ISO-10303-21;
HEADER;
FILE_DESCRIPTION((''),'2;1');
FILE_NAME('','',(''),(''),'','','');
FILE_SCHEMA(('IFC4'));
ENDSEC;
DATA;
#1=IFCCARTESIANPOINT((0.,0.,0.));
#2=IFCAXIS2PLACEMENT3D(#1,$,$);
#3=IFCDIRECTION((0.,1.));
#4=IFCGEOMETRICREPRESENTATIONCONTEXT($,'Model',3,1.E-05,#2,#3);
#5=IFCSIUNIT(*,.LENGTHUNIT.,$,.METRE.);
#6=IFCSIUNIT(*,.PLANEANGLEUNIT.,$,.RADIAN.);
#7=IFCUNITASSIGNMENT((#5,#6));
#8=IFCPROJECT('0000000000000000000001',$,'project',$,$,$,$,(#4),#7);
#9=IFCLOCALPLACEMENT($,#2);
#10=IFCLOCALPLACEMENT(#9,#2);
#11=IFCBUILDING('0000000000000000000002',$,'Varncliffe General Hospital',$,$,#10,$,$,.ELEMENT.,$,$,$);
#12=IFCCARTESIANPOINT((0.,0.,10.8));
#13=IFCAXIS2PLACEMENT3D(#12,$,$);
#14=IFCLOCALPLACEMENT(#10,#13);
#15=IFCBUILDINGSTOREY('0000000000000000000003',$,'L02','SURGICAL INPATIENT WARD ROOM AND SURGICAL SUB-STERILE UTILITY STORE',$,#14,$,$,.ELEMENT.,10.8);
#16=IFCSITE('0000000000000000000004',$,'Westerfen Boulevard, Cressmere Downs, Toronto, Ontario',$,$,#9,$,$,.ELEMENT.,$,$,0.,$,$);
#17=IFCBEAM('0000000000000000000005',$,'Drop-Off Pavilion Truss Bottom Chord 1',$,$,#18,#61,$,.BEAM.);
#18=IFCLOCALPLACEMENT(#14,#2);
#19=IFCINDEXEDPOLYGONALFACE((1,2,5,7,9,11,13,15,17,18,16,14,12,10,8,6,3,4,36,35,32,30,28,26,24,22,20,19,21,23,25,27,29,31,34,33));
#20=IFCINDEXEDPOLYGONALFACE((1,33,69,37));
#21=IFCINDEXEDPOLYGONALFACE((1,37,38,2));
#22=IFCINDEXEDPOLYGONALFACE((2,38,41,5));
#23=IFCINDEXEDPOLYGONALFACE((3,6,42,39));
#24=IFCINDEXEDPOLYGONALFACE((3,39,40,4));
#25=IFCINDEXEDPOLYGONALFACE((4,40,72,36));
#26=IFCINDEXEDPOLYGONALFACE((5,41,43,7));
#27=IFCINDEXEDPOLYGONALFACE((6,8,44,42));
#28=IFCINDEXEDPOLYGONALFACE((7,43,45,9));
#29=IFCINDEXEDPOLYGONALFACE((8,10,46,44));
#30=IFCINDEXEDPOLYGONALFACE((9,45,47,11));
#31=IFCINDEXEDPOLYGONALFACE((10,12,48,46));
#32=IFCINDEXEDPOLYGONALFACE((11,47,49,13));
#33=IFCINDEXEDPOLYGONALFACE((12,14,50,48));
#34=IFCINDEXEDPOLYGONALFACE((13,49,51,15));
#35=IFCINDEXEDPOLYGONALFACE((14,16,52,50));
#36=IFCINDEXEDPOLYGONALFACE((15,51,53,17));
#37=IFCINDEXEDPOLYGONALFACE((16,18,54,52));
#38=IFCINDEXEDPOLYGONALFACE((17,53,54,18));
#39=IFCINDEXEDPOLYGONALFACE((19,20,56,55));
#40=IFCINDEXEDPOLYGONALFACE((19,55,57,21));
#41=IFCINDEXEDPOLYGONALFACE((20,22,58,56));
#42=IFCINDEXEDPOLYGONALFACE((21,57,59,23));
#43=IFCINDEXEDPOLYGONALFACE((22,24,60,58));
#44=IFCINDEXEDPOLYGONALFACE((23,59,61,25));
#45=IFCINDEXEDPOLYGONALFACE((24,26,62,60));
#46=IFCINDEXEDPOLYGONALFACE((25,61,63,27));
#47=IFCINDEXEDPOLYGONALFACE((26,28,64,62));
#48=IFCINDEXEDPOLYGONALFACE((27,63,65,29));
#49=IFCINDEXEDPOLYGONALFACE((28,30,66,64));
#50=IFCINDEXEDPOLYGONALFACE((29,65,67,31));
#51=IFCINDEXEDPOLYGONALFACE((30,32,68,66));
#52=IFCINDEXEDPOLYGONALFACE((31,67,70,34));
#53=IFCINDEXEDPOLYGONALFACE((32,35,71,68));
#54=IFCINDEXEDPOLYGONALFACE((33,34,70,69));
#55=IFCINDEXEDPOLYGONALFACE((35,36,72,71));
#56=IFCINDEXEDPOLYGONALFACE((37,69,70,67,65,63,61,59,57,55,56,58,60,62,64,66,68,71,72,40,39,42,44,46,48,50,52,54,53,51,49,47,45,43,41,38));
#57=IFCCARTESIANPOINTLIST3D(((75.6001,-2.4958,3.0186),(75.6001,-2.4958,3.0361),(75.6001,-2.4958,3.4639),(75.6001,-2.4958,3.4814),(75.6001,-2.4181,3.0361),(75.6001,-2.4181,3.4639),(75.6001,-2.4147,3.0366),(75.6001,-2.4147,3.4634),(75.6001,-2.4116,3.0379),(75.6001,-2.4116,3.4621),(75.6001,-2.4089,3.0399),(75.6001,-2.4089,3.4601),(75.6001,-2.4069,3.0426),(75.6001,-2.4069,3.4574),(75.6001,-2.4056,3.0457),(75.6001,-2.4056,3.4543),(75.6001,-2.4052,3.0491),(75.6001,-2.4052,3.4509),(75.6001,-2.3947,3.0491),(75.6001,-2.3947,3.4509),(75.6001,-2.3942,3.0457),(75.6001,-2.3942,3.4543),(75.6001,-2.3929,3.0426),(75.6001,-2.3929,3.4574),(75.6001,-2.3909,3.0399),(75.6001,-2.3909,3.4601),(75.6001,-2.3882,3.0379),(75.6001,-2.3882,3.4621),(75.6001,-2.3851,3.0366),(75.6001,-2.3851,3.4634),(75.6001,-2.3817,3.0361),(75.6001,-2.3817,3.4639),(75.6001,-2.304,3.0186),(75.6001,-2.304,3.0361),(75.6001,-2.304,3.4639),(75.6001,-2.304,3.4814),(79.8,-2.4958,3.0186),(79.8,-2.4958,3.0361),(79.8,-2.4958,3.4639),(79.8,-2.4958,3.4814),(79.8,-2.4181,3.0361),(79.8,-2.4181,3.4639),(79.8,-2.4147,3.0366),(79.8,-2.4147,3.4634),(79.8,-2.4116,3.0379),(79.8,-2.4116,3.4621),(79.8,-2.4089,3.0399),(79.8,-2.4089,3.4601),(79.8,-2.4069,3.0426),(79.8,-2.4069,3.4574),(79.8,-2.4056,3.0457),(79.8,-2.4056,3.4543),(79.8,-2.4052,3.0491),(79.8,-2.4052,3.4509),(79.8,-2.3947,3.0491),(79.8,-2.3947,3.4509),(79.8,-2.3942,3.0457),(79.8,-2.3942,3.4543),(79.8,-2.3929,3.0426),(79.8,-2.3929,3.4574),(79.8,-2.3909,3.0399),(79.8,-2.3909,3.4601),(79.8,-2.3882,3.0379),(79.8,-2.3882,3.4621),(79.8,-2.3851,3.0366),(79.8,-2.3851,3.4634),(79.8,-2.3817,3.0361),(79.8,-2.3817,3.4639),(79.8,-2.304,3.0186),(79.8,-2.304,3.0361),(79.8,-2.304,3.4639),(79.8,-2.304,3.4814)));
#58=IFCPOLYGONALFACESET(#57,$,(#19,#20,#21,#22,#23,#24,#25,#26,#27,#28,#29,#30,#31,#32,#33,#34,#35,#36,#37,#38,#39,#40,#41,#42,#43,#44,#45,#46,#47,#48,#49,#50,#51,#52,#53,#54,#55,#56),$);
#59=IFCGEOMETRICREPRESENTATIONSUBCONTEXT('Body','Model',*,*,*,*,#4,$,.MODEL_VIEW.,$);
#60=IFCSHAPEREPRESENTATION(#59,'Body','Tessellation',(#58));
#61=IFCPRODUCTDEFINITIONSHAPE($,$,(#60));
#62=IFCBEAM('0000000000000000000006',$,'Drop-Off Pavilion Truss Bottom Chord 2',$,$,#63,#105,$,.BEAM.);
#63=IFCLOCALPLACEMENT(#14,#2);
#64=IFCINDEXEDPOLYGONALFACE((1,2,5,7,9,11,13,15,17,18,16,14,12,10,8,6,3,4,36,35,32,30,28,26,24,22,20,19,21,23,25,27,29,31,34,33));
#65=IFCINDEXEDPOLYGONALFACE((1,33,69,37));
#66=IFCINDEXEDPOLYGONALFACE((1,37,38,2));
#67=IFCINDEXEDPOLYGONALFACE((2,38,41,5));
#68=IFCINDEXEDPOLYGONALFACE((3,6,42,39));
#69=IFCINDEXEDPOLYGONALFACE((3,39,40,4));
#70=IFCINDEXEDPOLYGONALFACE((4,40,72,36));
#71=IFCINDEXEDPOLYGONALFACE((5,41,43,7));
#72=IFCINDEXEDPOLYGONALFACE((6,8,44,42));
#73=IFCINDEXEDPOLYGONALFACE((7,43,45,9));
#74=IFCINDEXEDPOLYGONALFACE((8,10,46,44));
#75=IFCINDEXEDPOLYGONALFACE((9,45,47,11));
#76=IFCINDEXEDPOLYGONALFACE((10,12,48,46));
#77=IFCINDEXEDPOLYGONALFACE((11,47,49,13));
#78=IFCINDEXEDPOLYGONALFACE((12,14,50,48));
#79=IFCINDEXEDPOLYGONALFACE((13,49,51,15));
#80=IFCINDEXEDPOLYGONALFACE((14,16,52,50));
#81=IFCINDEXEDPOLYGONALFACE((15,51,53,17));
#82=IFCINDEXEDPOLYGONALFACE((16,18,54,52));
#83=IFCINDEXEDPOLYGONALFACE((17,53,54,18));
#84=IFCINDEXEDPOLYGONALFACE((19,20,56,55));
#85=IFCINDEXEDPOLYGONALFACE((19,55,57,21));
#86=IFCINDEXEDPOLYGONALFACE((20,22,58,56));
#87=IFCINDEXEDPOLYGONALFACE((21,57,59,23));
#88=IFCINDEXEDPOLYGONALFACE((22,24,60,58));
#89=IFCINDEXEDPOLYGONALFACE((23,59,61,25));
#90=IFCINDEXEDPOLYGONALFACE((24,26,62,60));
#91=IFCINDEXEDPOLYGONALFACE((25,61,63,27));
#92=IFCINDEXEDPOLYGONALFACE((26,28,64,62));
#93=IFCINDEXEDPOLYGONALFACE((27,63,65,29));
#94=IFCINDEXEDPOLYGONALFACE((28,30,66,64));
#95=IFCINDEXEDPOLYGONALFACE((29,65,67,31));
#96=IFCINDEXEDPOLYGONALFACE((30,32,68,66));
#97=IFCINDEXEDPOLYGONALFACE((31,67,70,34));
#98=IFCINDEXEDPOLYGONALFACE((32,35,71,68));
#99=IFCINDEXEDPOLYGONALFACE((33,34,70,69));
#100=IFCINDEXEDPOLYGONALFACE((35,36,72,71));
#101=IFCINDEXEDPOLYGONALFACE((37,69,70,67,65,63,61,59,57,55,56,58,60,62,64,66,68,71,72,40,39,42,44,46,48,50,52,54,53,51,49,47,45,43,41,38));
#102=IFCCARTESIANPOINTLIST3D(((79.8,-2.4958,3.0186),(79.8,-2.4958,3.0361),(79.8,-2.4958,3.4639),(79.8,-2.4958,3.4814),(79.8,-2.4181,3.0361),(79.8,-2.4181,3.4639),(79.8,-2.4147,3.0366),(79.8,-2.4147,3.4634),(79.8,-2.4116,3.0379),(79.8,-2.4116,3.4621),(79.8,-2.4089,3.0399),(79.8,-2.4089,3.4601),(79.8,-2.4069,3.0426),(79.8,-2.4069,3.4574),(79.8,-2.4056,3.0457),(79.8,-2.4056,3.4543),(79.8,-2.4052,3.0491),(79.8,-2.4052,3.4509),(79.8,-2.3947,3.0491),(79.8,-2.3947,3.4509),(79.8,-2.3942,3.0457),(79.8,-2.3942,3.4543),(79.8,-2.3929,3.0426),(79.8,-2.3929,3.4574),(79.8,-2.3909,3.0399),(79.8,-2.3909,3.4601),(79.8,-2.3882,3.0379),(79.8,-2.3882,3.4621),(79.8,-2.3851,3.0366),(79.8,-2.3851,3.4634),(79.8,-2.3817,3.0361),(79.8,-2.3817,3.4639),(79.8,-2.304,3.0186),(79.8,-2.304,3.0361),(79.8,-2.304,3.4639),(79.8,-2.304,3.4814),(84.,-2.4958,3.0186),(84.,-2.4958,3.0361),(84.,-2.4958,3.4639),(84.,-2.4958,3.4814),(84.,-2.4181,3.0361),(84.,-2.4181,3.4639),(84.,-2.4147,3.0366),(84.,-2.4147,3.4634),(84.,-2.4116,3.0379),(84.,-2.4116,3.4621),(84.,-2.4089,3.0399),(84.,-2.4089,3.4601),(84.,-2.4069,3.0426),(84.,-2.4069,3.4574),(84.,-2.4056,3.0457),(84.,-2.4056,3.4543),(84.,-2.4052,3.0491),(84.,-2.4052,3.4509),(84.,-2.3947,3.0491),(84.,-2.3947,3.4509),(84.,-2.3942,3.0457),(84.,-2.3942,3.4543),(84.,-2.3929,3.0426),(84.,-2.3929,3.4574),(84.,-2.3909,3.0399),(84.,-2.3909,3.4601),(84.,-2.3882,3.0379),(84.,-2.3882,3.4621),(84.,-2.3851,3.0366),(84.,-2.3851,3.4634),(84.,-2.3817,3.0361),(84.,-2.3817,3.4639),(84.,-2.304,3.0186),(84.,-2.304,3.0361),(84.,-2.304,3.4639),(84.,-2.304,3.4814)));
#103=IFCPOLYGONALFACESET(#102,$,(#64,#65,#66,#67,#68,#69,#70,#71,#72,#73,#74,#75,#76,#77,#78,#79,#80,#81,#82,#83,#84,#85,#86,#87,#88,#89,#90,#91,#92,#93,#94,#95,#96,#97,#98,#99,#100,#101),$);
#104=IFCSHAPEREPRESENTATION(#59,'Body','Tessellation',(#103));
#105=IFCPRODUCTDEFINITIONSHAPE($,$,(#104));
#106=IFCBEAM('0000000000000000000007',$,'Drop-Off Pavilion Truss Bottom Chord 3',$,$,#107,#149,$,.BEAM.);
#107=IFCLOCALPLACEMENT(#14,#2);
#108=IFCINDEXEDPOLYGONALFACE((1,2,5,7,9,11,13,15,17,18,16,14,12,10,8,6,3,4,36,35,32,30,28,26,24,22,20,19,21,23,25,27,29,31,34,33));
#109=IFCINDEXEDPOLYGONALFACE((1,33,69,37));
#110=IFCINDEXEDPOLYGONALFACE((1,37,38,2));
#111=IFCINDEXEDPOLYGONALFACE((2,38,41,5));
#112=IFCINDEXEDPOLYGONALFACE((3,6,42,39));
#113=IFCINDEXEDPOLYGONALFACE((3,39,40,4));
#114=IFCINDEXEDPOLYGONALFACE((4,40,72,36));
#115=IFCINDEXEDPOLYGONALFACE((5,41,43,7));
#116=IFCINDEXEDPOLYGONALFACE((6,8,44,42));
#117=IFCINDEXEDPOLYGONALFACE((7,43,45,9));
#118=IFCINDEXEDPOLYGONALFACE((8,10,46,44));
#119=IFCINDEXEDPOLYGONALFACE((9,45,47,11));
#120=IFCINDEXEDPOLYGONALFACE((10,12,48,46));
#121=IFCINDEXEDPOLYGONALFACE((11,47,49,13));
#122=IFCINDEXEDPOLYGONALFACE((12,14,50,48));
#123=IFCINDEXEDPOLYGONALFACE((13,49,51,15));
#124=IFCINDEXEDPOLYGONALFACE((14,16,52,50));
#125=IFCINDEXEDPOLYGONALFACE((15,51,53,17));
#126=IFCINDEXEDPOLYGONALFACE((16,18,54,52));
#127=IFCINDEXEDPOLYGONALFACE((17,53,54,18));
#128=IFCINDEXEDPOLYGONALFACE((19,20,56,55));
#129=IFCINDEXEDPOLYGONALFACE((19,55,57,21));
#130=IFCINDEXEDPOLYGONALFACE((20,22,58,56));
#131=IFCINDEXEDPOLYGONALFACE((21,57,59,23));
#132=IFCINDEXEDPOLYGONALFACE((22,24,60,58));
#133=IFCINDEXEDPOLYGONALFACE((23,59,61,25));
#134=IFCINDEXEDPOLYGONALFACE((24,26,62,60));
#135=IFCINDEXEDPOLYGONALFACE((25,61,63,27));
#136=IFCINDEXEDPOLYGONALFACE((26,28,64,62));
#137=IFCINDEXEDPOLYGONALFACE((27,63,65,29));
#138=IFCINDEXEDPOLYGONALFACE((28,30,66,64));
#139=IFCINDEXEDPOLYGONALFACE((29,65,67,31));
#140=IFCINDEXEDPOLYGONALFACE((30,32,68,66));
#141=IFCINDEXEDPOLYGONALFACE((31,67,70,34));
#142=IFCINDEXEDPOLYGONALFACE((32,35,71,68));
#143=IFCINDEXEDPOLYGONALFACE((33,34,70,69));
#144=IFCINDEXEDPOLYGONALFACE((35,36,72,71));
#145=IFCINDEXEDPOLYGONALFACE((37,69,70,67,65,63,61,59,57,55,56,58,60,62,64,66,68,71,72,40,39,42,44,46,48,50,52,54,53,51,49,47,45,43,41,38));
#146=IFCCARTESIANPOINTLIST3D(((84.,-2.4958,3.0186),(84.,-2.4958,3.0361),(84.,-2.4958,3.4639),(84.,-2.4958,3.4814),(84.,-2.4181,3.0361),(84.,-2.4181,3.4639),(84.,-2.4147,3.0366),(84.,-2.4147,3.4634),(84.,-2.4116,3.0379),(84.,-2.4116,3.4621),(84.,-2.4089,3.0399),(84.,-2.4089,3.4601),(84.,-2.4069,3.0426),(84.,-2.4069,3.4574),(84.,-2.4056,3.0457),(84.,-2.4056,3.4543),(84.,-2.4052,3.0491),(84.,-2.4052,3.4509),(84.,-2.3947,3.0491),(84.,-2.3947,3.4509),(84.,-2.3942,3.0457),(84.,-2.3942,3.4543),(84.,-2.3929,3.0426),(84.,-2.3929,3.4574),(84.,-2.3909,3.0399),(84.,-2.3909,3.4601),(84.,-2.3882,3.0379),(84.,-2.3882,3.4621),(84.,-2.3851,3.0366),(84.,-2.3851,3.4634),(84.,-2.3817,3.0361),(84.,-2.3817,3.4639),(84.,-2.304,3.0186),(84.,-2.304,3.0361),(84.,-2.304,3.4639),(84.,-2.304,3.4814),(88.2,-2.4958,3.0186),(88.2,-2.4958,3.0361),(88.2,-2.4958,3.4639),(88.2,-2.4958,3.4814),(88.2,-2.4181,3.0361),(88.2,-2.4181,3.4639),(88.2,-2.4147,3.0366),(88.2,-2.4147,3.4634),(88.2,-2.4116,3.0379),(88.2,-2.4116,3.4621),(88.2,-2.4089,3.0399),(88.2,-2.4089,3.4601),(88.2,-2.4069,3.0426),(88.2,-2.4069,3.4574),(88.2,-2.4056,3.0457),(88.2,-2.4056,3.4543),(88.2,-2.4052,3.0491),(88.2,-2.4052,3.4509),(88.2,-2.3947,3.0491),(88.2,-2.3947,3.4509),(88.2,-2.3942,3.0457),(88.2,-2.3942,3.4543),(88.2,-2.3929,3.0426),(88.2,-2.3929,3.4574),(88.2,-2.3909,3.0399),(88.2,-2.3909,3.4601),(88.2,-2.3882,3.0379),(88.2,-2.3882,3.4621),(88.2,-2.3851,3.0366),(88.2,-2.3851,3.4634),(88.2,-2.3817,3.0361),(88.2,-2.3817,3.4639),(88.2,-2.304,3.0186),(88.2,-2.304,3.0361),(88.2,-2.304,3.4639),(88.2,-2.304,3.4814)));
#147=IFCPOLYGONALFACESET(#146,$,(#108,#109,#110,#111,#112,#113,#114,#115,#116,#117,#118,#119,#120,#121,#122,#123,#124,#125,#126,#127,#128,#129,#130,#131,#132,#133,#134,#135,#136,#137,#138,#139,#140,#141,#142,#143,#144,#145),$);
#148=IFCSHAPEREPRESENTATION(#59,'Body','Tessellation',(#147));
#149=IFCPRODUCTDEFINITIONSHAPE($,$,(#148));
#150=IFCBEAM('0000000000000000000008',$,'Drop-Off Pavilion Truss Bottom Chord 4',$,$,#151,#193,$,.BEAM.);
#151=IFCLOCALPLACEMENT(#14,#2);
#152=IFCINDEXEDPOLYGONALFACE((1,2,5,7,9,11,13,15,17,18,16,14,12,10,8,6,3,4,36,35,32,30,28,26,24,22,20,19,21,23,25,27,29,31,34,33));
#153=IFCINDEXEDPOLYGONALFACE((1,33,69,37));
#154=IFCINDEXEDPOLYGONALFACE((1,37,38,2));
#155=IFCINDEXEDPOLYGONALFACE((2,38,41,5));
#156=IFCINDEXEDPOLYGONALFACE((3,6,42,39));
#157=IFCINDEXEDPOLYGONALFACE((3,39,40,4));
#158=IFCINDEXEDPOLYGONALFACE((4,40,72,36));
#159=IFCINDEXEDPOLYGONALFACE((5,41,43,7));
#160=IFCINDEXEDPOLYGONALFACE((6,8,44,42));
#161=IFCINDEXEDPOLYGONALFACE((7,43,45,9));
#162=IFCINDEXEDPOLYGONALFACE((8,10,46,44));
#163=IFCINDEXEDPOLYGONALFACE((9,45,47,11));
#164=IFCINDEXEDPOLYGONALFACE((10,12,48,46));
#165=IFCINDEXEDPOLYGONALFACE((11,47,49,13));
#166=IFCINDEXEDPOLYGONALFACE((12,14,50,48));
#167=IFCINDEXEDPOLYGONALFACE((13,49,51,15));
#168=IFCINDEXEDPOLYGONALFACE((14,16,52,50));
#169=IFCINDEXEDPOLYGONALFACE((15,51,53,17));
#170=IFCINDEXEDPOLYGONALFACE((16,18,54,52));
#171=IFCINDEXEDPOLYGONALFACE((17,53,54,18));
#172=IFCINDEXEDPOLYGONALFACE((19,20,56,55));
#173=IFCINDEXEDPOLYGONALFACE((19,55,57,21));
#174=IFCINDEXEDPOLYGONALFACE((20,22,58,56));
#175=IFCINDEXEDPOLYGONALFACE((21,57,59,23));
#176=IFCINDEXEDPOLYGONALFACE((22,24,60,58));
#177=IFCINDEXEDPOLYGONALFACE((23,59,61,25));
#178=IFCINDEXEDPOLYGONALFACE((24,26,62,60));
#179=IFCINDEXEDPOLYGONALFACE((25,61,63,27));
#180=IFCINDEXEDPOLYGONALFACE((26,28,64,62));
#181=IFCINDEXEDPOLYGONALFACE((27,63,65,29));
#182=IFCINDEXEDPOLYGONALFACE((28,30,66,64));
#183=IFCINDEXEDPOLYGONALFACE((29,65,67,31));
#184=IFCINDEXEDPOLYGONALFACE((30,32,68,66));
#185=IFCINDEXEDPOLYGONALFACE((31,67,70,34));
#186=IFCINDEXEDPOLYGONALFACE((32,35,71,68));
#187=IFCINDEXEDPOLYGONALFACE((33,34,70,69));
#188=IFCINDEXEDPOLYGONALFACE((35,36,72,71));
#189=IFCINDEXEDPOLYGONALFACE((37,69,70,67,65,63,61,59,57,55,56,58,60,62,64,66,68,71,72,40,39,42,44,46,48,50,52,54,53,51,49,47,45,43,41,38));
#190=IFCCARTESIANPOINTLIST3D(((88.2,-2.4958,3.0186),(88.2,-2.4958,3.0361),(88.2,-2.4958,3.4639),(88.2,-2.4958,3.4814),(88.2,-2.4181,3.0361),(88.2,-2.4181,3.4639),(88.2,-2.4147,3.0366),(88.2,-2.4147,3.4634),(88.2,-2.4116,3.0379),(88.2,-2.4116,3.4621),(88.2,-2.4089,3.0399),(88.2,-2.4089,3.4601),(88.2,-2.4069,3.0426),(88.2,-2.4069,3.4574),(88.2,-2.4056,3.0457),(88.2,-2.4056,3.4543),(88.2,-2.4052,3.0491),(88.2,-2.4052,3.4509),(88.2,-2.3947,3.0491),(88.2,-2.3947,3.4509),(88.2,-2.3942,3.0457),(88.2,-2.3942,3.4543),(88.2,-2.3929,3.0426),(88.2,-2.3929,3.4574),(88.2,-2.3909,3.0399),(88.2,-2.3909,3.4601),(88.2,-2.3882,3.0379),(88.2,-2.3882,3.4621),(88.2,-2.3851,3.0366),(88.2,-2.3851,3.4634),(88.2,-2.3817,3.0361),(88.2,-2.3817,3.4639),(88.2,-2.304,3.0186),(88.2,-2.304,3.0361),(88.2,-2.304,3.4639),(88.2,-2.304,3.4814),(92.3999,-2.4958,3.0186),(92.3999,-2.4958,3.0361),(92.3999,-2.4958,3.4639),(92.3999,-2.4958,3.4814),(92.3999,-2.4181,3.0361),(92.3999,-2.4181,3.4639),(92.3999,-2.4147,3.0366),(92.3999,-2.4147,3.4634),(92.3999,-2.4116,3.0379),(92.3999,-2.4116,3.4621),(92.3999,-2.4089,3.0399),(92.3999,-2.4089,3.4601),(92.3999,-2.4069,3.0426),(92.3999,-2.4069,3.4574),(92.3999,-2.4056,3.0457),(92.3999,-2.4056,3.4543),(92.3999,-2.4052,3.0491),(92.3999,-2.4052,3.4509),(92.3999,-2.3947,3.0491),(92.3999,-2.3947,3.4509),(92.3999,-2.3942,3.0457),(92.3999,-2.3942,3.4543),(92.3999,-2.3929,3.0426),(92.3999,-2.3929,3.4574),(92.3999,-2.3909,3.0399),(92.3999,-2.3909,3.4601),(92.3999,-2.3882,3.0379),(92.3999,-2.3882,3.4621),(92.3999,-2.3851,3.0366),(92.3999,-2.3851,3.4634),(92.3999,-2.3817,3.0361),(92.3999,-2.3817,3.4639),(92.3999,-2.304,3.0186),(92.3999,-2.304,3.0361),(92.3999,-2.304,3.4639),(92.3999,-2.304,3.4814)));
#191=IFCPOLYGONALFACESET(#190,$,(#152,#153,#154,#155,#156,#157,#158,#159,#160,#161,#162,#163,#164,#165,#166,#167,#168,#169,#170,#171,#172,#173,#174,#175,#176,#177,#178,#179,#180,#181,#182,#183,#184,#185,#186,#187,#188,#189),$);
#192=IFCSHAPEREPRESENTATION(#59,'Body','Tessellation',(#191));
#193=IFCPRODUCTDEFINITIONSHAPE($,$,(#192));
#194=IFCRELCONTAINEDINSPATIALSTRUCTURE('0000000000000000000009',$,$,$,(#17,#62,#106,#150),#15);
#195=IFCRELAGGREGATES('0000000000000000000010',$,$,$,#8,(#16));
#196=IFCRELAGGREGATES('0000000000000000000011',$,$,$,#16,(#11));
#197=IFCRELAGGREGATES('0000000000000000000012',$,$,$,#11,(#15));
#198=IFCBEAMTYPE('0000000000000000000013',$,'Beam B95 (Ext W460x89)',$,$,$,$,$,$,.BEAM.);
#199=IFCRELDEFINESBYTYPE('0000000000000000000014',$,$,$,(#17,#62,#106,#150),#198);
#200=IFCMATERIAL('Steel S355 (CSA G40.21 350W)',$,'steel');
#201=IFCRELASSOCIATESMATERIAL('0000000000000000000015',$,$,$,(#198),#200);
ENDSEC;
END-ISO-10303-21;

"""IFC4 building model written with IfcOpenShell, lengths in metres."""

from ifc_helpers import new_model, si_unit, direction, frame, origin, origin_2d, place, context, subcontext, project, spatial, i_section, extrude, material, material_profile, profile_set, type_object, element, save


model = new_model("IFC4")

# Units and contexts
model_context = context("Model", 3, precision=1e-05, world=origin(), true_north=direction((0.0, 1.0)))
body_context = subcontext(model_context, "Body", "Model", "MODEL_VIEW")
ifc_project = project(units=[si_unit("LENGTHUNIT", "METRE"), si_unit("PLANEANGLEUNIT", "RADIAN")], contexts=[model_context])

# Site, building, storey
site_placement = place(None, origin())
site = spatial("IfcSite", under=ifc_project, at=site_placement, Name="Westerfen Boulevard, Cressmere Downs, Toronto, Ontario", CompositionType="ELEMENT", RefElevation=0.0)
building_placement = place(site_placement, origin())
building = spatial("IfcBuilding", under=site, at=building_placement, Name="Varncliffe General Hospital", CompositionType="ELEMENT")
storey_placement = place(building_placement, frame((0.0, 0.0, 10.8)))
storey = spatial("IfcBuildingStorey", under=building, at=storey_placement, Name="L02", Description="SURGICAL INPATIENT WARD ROOM AND SURGICAL SUB-STERILE UTILITY STORE", CompositionType="ELEMENT", Elevation=10.8)

# Beams
ifc_material_1 = material(Name="Steel S355 (CSA G40.21 350W)", Category="steel")
ifc_material_profile_1 = material_profile(ifc_material_1, i_section(OverallWidth=0.1919, OverallDepth=0.4629, WebThickness=0.0105, FlangeThickness=0.0176, FilletRadius=0.0129, at=origin_2d()), Name="W460x89")
ifc_profile_set_1 = profile_set([ifc_material_profile_1], Name="Steel S355 (CSA G40.21 350W)")
beam_type_1 = type_object("IfcBeamType", Name="Beam B95 (Ext W460x89)", PredefinedType="BEAM", material=ifc_profile_set_1)
for number, where, z_axis, x_axis, name in (
    (1, (75.6001, -2.3999, 3.25), (1.0, 0.0, 0.0), (0.0, 1.0, 0.0), "Drop-Off Pavilion Truss Bottom Chord 1"),
    (2, (79.8, -2.3999, 3.25), (1.0, 0.0, 0.0), (0.0, 1.0, 0.0), "Drop-Off Pavilion Truss Bottom Chord 2"),
    (3, (84.0, -2.3999, 3.25), (1.0, 0.0, 0.0), (0.0, 1.0, 0.0), "Drop-Off Pavilion Truss Bottom Chord 3"),
    (4, (88.2, -2.3999, 3.25), (1.0, 0.0, 0.0), (0.0, 1.0, 0.0), "Drop-Off Pavilion Truss Bottom Chord 4"),
):
    element("IfcBeam", number, at=place(storey_placement, frame(where, z_axis=z_axis, x_axis=x_axis)), inside=storey, type_object=beam_type_1, Name=name, PredefinedType="BEAM", context=body_context, shape_type="SweptSolid", body=[
        extrude(i_section(OverallWidth=0.1919, OverallDepth=0.4629, WebThickness=0.0105, FlangeThickness=0.0176, FilletRadius=0.0129, at=origin_2d()), origin(), (0.0, 0.0, 1.0), 4.2),
    ])

save(model, "model.ifc")
